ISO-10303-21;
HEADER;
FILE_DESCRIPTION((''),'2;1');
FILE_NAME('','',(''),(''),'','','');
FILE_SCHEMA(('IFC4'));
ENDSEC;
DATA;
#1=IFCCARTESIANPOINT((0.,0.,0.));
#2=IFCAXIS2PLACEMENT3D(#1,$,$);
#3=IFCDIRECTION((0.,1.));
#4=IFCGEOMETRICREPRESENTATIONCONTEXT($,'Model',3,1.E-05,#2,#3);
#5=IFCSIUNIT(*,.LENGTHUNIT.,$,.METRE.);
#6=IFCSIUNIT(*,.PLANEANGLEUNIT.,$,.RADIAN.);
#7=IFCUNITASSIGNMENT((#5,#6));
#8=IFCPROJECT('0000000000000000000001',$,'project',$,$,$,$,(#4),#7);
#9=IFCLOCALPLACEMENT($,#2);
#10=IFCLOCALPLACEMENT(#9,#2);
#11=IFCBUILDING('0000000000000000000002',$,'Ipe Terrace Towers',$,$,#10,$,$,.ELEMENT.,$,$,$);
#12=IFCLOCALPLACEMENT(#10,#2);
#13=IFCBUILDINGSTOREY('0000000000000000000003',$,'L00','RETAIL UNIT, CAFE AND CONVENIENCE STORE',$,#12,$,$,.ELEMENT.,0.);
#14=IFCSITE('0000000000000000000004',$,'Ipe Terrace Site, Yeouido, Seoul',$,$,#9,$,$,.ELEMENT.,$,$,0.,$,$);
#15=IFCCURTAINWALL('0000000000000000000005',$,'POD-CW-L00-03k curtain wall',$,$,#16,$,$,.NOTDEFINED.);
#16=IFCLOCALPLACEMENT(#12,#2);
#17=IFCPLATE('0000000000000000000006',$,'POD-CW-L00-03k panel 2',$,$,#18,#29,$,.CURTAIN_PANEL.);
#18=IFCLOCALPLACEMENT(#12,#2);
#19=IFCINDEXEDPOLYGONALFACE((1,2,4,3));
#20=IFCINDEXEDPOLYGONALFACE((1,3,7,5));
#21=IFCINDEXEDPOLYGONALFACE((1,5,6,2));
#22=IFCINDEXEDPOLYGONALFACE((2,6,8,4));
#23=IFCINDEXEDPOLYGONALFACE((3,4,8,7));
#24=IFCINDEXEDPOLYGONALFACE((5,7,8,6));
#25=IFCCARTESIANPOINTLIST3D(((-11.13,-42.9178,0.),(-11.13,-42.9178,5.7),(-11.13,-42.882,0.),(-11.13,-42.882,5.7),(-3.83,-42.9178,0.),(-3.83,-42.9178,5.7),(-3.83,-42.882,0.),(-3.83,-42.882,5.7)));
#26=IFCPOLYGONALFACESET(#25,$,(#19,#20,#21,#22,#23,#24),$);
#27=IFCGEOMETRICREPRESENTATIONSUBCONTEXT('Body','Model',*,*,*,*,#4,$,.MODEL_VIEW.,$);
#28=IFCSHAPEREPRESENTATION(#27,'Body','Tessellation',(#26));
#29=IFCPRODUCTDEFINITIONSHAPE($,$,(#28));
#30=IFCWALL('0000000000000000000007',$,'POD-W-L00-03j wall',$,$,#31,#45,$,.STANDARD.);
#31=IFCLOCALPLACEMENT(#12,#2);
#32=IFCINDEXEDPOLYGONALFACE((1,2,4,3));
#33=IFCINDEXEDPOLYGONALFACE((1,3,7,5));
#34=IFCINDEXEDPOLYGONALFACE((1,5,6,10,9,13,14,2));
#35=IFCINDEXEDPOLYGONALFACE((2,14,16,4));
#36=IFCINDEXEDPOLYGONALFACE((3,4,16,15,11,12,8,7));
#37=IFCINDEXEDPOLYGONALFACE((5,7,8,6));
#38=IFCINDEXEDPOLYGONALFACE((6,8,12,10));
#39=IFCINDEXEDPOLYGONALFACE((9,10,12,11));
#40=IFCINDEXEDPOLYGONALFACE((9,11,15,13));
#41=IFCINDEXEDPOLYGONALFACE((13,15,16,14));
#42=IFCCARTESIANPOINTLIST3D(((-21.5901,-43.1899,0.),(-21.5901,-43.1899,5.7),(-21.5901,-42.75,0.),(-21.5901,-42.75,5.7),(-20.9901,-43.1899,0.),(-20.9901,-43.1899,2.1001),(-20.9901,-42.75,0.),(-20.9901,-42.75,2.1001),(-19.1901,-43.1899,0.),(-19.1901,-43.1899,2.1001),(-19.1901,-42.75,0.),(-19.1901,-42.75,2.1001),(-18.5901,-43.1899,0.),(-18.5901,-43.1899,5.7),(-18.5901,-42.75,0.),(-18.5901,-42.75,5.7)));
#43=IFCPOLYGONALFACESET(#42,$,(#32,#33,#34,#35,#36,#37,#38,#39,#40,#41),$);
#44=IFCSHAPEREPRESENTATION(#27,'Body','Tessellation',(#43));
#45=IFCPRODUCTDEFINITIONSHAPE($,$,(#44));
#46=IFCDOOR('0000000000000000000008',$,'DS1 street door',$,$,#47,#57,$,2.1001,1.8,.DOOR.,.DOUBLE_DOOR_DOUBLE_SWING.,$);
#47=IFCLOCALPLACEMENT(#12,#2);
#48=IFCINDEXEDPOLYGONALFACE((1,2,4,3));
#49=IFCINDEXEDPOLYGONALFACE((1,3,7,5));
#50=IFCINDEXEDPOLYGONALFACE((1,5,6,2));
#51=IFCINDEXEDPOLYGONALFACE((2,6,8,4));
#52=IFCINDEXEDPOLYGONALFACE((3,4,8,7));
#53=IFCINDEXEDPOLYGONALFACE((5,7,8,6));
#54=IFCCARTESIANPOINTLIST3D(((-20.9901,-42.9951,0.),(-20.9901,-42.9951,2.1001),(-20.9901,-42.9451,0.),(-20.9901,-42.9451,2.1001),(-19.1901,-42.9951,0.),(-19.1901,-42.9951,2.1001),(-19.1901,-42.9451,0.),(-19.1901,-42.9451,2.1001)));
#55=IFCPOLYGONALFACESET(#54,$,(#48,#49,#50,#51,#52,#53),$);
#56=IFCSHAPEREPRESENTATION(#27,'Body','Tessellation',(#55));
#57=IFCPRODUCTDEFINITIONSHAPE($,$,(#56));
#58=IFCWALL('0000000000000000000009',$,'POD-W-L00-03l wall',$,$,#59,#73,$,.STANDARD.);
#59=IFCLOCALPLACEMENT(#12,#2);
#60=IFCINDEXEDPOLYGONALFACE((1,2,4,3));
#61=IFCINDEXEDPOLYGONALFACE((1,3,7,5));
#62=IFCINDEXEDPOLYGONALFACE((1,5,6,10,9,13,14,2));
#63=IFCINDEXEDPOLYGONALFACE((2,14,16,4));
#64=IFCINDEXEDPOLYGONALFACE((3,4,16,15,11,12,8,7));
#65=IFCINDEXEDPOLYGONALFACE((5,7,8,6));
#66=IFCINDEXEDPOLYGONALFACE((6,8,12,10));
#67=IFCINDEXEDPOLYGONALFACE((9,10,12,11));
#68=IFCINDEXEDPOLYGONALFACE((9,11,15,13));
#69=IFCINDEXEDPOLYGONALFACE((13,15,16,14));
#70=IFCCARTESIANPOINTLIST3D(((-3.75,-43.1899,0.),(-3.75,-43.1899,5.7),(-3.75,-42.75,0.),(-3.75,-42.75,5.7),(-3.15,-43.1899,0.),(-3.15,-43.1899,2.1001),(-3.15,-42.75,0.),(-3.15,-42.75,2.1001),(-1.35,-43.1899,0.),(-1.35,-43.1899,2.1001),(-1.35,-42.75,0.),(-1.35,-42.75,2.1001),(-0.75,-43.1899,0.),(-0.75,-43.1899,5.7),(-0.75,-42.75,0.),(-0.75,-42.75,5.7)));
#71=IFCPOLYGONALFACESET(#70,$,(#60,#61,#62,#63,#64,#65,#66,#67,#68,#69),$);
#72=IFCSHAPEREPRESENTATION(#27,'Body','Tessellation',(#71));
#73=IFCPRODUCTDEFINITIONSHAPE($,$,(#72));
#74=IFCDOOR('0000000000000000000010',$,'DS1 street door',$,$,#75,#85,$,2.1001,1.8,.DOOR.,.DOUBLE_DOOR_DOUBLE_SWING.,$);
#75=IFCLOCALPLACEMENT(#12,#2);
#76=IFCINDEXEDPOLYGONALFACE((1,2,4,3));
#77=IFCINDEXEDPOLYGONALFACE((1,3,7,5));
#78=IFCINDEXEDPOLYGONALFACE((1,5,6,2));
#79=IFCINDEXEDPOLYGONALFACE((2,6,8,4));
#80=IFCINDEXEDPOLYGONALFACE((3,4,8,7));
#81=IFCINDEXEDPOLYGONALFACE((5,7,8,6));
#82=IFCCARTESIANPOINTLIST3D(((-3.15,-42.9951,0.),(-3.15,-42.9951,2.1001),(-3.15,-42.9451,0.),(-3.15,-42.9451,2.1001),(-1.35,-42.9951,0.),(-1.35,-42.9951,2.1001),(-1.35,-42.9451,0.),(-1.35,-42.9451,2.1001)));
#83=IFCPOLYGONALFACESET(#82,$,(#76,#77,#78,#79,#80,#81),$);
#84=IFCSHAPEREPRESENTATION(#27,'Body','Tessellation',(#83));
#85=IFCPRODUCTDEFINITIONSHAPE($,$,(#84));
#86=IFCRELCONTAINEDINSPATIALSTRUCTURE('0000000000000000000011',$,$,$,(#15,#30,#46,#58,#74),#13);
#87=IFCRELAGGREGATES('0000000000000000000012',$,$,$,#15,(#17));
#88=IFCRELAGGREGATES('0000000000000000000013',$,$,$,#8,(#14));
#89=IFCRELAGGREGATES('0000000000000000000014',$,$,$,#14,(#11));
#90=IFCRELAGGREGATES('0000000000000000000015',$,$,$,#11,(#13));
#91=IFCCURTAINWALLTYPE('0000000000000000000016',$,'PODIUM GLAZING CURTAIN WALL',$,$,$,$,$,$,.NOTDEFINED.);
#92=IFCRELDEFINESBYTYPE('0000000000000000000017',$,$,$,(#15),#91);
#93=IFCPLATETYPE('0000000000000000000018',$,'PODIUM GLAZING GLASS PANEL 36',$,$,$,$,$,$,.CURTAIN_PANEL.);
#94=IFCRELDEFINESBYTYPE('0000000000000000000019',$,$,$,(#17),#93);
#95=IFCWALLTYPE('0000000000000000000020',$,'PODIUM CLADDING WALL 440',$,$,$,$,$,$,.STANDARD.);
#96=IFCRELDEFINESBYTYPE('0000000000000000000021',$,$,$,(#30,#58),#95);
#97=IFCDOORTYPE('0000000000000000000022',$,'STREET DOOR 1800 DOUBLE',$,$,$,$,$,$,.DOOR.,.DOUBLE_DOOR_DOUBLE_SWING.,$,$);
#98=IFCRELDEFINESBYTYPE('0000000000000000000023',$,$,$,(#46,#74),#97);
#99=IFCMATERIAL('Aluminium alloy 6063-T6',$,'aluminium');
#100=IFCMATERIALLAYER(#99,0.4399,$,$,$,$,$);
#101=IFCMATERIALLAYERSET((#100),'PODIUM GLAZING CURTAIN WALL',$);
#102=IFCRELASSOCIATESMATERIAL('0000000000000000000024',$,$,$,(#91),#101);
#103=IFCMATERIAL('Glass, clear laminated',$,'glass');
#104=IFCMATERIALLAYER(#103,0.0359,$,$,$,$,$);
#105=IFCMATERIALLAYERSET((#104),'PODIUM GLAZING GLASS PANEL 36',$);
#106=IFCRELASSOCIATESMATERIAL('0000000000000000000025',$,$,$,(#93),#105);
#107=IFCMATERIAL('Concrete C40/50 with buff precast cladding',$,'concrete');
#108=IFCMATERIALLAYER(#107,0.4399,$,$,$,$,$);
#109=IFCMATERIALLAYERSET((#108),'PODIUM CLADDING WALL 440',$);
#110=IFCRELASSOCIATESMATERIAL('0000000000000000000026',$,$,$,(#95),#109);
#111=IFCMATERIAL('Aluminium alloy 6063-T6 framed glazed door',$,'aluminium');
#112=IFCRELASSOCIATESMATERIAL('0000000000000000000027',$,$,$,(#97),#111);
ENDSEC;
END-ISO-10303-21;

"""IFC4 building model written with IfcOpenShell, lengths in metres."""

from ifc_helpers import new_model, si_unit, direction, frame, frame_2d, origin, origin_2d, place, context, subcontext, project, spatial, rectangle, extrude, material, layer, layer_set, type_object, element, fill, aggregate, save


model = new_model("IFC4")

# Units and contexts
model_context = context("Model", 3, precision=1e-05, world=origin(), true_north=direction((0.0, 1.0)))
body_context = subcontext(model_context, "Body", "Model", "MODEL_VIEW")
ifc_project = project(units=[si_unit("LENGTHUNIT", "METRE"), si_unit("PLANEANGLEUNIT", "RADIAN")], contexts=[model_context])

# Site, building, storey
site_placement = place(None, origin())
site = spatial("IfcSite", under=ifc_project, at=site_placement, Name="Ipe Terrace Site, Yeouido, Seoul", CompositionType="ELEMENT", RefElevation=0.0)
building_placement = place(site_placement, origin())
building = spatial("IfcBuilding", under=site, at=building_placement, Name="Ipe Terrace Towers", CompositionType="ELEMENT")
storey_placement = place(building_placement, origin())
storey = spatial("IfcBuildingStorey", under=building, at=storey_placement, Name="L00", Description="RETAIL UNIT, CAFE AND CONVENIENCE STORE", CompositionType="ELEMENT", Elevation=0.0)

# Shared definitions
ifc_material_1 = material(Name="Aluminium alloy 6063-T6", Category="aluminium")
ifc_layer_1 = layer(ifc_material_1, 0.4399)
ifc_layer_set_1 = layer_set([ifc_layer_1], Name="PODIUM GLAZING CURTAIN WALL")
curtain_wall_type = type_object("IfcCurtainWallType", Name="PODIUM GLAZING CURTAIN WALL", PredefinedType="NOTDEFINED", material=ifc_layer_set_1)

# Curtain wall
curtain_wall_1_placement = place(storey_placement, origin())
curtain_wall_1 = element("IfcCurtainWall", 1, at=curtain_wall_1_placement, inside=storey, type_object=curtain_wall_type, Name="POD-CW-L00-03k curtain wall", PredefinedType="NOTDEFINED")

# Plate
ifc_material_2 = material(Name="Glass, clear laminated", Category="glass")
ifc_layer_2 = layer(ifc_material_2, 0.0359)
ifc_layer_set_2 = layer_set([ifc_layer_2], Name="PODIUM GLAZING GLASS PANEL 36")
plate_type = type_object("IfcPlateType", Name="PODIUM GLAZING GLASS PANEL 36", PredefinedType="CURTAIN_PANEL", material=ifc_layer_set_2)
plate_1_placement = place(storey_placement, frame((-7.48, -42.8999, 0.0), z_axis=(0.0, 0.0, 1.0), x_axis=(1.0, 0.0, 0.0)))
plate_1 = element("IfcPlate", 2, at=plate_1_placement, type_object=plate_type, Name="POD-CW-L00-03k panel 2", PredefinedType="CURTAIN_PANEL", context=body_context, shape_type="SweptSolid", body=[
    extrude(rectangle(XDim=7.3, YDim=0.0359, at=origin_2d()), origin(), (0.0, 0.0, 1.0), 5.7),
])
aggregate(curtain_wall_1, [plate_1])

# Walls, openings, doors
ifc_material_3 = material(Name="Concrete C40/50 with buff precast cladding", Category="concrete")
ifc_layer_3 = layer(ifc_material_3, 0.4399)
ifc_layer_set_3 = layer_set([ifc_layer_3], Name="PODIUM CLADDING WALL 440")
wall_type = type_object("IfcWallType", Name="PODIUM CLADDING WALL 440", PredefinedType="STANDARD", material=ifc_layer_set_3)
wall_1_placement = place(storey_placement, frame((-21.5901, -42.97, 0.0), z_axis=(0.0, 0.0, 1.0), x_axis=(1.0, 0.0, 0.0)))
wall_1 = element("IfcWall", 3, at=wall_1_placement, inside=storey, type_object=wall_type, Name="POD-W-L00-03j wall", PredefinedType="STANDARD", context=body_context, shape_type="SweptSolid", body=[
    extrude(rectangle(XDim=3.0, YDim=0.4399, at=frame_2d((1.5, 0.0))), origin(), (0.0, 0.0, 1.0), 5.7),
])
opening_1_placement = place(wall_1_placement, frame((0.6001, 0.0, 0.0)))
opening_1 = element("IfcOpeningElement", 4, at=opening_1_placement, cuts=wall_1, PredefinedType="OPENING", context=body_context, shape_type="SweptSolid", body=[
    extrude(rectangle(XDim=1.8, YDim=2.1001, at=frame_2d((0.8999, 1.05))), frame((0.0, 0.23, 0.0), z_axis=(0.0, -1.0, 0.0), x_axis=(1.0, 0.0, 0.0)), (0.0, 0.0, 1.0), 0.46),
])
ifc_material_4 = material(Name="Aluminium alloy 6063-T6 framed glazed door", Category="aluminium")
door_type = type_object("IfcDoorType", Name="STREET DOOR 1800 DOUBLE", OperationType="DOUBLE_DOOR_DOUBLE_SWING", PredefinedType="DOOR", material=ifc_material_4)
door_1_placement = place(opening_1_placement, origin())
door_1 = element("IfcDoor", 5, at=door_1_placement, inside=storey, type_object=door_type, Name="DS1 street door", OperationType="DOUBLE_DOOR_DOUBLE_SWING", OverallHeight=2.1001, OverallWidth=1.8, PredefinedType="DOOR", context=body_context, shape_type="SweptSolid", body=[
    extrude(rectangle(XDim=1.8, YDim=2.1001, at=frame_2d((0.8999, 1.05))), frame((0.0, 0.0249, 0.0), z_axis=(0.0, -1.0, 0.0), x_axis=(1.0, 0.0, 0.0)), (0.0, 0.0, 1.0), 0.05),
])
fill(opening_1, door_1)
wall_2_placement = place(storey_placement, frame((-3.75, -42.97, 0.0), z_axis=(0.0, 0.0, 1.0), x_axis=(1.0, 0.0, 0.0)))
wall_2 = element("IfcWall", 6, at=wall_2_placement, inside=storey, type_object=wall_type, Name="POD-W-L00-03l wall", PredefinedType="STANDARD", context=body_context, shape_type="SweptSolid", body=[
    extrude(rectangle(XDim=3.0, YDim=0.4399, at=frame_2d((1.5, 0.0))), origin(), (0.0, 0.0, 1.0), 5.7),
])
opening_2_placement = place(wall_2_placement, frame((0.6001, 0.0, 0.0)))
opening_2 = element("IfcOpeningElement", 7, at=opening_2_placement, cuts=wall_2, PredefinedType="OPENING", context=body_context, shape_type="SweptSolid", body=[
    extrude(rectangle(XDim=1.8, YDim=2.1001, at=frame_2d((0.8999, 1.05))), frame((0.0, 0.23, 0.0), z_axis=(0.0, -1.0, 0.0), x_axis=(1.0, 0.0, 0.0)), (0.0, 0.0, 1.0), 0.46),
])
door_2_placement = place(opening_2_placement, origin())
door_2 = element("IfcDoor", 8, at=door_2_placement, inside=storey, type_object=door_type, Name="DS1 street door", OperationType="DOUBLE_DOOR_DOUBLE_SWING", OverallHeight=2.1001, OverallWidth=1.8, PredefinedType="DOOR", context=body_context, shape_type="SweptSolid", body=[
    extrude(rectangle(XDim=1.8, YDim=2.1001, at=frame_2d((0.8999, 1.05))), frame((0.0, 0.0249, 0.0), z_axis=(0.0, -1.0, 0.0), x_axis=(1.0, 0.0, 0.0)), (0.0, 0.0, 1.0), 0.05),
])
fill(opening_2, door_2)

save(model, "model.ifc")
